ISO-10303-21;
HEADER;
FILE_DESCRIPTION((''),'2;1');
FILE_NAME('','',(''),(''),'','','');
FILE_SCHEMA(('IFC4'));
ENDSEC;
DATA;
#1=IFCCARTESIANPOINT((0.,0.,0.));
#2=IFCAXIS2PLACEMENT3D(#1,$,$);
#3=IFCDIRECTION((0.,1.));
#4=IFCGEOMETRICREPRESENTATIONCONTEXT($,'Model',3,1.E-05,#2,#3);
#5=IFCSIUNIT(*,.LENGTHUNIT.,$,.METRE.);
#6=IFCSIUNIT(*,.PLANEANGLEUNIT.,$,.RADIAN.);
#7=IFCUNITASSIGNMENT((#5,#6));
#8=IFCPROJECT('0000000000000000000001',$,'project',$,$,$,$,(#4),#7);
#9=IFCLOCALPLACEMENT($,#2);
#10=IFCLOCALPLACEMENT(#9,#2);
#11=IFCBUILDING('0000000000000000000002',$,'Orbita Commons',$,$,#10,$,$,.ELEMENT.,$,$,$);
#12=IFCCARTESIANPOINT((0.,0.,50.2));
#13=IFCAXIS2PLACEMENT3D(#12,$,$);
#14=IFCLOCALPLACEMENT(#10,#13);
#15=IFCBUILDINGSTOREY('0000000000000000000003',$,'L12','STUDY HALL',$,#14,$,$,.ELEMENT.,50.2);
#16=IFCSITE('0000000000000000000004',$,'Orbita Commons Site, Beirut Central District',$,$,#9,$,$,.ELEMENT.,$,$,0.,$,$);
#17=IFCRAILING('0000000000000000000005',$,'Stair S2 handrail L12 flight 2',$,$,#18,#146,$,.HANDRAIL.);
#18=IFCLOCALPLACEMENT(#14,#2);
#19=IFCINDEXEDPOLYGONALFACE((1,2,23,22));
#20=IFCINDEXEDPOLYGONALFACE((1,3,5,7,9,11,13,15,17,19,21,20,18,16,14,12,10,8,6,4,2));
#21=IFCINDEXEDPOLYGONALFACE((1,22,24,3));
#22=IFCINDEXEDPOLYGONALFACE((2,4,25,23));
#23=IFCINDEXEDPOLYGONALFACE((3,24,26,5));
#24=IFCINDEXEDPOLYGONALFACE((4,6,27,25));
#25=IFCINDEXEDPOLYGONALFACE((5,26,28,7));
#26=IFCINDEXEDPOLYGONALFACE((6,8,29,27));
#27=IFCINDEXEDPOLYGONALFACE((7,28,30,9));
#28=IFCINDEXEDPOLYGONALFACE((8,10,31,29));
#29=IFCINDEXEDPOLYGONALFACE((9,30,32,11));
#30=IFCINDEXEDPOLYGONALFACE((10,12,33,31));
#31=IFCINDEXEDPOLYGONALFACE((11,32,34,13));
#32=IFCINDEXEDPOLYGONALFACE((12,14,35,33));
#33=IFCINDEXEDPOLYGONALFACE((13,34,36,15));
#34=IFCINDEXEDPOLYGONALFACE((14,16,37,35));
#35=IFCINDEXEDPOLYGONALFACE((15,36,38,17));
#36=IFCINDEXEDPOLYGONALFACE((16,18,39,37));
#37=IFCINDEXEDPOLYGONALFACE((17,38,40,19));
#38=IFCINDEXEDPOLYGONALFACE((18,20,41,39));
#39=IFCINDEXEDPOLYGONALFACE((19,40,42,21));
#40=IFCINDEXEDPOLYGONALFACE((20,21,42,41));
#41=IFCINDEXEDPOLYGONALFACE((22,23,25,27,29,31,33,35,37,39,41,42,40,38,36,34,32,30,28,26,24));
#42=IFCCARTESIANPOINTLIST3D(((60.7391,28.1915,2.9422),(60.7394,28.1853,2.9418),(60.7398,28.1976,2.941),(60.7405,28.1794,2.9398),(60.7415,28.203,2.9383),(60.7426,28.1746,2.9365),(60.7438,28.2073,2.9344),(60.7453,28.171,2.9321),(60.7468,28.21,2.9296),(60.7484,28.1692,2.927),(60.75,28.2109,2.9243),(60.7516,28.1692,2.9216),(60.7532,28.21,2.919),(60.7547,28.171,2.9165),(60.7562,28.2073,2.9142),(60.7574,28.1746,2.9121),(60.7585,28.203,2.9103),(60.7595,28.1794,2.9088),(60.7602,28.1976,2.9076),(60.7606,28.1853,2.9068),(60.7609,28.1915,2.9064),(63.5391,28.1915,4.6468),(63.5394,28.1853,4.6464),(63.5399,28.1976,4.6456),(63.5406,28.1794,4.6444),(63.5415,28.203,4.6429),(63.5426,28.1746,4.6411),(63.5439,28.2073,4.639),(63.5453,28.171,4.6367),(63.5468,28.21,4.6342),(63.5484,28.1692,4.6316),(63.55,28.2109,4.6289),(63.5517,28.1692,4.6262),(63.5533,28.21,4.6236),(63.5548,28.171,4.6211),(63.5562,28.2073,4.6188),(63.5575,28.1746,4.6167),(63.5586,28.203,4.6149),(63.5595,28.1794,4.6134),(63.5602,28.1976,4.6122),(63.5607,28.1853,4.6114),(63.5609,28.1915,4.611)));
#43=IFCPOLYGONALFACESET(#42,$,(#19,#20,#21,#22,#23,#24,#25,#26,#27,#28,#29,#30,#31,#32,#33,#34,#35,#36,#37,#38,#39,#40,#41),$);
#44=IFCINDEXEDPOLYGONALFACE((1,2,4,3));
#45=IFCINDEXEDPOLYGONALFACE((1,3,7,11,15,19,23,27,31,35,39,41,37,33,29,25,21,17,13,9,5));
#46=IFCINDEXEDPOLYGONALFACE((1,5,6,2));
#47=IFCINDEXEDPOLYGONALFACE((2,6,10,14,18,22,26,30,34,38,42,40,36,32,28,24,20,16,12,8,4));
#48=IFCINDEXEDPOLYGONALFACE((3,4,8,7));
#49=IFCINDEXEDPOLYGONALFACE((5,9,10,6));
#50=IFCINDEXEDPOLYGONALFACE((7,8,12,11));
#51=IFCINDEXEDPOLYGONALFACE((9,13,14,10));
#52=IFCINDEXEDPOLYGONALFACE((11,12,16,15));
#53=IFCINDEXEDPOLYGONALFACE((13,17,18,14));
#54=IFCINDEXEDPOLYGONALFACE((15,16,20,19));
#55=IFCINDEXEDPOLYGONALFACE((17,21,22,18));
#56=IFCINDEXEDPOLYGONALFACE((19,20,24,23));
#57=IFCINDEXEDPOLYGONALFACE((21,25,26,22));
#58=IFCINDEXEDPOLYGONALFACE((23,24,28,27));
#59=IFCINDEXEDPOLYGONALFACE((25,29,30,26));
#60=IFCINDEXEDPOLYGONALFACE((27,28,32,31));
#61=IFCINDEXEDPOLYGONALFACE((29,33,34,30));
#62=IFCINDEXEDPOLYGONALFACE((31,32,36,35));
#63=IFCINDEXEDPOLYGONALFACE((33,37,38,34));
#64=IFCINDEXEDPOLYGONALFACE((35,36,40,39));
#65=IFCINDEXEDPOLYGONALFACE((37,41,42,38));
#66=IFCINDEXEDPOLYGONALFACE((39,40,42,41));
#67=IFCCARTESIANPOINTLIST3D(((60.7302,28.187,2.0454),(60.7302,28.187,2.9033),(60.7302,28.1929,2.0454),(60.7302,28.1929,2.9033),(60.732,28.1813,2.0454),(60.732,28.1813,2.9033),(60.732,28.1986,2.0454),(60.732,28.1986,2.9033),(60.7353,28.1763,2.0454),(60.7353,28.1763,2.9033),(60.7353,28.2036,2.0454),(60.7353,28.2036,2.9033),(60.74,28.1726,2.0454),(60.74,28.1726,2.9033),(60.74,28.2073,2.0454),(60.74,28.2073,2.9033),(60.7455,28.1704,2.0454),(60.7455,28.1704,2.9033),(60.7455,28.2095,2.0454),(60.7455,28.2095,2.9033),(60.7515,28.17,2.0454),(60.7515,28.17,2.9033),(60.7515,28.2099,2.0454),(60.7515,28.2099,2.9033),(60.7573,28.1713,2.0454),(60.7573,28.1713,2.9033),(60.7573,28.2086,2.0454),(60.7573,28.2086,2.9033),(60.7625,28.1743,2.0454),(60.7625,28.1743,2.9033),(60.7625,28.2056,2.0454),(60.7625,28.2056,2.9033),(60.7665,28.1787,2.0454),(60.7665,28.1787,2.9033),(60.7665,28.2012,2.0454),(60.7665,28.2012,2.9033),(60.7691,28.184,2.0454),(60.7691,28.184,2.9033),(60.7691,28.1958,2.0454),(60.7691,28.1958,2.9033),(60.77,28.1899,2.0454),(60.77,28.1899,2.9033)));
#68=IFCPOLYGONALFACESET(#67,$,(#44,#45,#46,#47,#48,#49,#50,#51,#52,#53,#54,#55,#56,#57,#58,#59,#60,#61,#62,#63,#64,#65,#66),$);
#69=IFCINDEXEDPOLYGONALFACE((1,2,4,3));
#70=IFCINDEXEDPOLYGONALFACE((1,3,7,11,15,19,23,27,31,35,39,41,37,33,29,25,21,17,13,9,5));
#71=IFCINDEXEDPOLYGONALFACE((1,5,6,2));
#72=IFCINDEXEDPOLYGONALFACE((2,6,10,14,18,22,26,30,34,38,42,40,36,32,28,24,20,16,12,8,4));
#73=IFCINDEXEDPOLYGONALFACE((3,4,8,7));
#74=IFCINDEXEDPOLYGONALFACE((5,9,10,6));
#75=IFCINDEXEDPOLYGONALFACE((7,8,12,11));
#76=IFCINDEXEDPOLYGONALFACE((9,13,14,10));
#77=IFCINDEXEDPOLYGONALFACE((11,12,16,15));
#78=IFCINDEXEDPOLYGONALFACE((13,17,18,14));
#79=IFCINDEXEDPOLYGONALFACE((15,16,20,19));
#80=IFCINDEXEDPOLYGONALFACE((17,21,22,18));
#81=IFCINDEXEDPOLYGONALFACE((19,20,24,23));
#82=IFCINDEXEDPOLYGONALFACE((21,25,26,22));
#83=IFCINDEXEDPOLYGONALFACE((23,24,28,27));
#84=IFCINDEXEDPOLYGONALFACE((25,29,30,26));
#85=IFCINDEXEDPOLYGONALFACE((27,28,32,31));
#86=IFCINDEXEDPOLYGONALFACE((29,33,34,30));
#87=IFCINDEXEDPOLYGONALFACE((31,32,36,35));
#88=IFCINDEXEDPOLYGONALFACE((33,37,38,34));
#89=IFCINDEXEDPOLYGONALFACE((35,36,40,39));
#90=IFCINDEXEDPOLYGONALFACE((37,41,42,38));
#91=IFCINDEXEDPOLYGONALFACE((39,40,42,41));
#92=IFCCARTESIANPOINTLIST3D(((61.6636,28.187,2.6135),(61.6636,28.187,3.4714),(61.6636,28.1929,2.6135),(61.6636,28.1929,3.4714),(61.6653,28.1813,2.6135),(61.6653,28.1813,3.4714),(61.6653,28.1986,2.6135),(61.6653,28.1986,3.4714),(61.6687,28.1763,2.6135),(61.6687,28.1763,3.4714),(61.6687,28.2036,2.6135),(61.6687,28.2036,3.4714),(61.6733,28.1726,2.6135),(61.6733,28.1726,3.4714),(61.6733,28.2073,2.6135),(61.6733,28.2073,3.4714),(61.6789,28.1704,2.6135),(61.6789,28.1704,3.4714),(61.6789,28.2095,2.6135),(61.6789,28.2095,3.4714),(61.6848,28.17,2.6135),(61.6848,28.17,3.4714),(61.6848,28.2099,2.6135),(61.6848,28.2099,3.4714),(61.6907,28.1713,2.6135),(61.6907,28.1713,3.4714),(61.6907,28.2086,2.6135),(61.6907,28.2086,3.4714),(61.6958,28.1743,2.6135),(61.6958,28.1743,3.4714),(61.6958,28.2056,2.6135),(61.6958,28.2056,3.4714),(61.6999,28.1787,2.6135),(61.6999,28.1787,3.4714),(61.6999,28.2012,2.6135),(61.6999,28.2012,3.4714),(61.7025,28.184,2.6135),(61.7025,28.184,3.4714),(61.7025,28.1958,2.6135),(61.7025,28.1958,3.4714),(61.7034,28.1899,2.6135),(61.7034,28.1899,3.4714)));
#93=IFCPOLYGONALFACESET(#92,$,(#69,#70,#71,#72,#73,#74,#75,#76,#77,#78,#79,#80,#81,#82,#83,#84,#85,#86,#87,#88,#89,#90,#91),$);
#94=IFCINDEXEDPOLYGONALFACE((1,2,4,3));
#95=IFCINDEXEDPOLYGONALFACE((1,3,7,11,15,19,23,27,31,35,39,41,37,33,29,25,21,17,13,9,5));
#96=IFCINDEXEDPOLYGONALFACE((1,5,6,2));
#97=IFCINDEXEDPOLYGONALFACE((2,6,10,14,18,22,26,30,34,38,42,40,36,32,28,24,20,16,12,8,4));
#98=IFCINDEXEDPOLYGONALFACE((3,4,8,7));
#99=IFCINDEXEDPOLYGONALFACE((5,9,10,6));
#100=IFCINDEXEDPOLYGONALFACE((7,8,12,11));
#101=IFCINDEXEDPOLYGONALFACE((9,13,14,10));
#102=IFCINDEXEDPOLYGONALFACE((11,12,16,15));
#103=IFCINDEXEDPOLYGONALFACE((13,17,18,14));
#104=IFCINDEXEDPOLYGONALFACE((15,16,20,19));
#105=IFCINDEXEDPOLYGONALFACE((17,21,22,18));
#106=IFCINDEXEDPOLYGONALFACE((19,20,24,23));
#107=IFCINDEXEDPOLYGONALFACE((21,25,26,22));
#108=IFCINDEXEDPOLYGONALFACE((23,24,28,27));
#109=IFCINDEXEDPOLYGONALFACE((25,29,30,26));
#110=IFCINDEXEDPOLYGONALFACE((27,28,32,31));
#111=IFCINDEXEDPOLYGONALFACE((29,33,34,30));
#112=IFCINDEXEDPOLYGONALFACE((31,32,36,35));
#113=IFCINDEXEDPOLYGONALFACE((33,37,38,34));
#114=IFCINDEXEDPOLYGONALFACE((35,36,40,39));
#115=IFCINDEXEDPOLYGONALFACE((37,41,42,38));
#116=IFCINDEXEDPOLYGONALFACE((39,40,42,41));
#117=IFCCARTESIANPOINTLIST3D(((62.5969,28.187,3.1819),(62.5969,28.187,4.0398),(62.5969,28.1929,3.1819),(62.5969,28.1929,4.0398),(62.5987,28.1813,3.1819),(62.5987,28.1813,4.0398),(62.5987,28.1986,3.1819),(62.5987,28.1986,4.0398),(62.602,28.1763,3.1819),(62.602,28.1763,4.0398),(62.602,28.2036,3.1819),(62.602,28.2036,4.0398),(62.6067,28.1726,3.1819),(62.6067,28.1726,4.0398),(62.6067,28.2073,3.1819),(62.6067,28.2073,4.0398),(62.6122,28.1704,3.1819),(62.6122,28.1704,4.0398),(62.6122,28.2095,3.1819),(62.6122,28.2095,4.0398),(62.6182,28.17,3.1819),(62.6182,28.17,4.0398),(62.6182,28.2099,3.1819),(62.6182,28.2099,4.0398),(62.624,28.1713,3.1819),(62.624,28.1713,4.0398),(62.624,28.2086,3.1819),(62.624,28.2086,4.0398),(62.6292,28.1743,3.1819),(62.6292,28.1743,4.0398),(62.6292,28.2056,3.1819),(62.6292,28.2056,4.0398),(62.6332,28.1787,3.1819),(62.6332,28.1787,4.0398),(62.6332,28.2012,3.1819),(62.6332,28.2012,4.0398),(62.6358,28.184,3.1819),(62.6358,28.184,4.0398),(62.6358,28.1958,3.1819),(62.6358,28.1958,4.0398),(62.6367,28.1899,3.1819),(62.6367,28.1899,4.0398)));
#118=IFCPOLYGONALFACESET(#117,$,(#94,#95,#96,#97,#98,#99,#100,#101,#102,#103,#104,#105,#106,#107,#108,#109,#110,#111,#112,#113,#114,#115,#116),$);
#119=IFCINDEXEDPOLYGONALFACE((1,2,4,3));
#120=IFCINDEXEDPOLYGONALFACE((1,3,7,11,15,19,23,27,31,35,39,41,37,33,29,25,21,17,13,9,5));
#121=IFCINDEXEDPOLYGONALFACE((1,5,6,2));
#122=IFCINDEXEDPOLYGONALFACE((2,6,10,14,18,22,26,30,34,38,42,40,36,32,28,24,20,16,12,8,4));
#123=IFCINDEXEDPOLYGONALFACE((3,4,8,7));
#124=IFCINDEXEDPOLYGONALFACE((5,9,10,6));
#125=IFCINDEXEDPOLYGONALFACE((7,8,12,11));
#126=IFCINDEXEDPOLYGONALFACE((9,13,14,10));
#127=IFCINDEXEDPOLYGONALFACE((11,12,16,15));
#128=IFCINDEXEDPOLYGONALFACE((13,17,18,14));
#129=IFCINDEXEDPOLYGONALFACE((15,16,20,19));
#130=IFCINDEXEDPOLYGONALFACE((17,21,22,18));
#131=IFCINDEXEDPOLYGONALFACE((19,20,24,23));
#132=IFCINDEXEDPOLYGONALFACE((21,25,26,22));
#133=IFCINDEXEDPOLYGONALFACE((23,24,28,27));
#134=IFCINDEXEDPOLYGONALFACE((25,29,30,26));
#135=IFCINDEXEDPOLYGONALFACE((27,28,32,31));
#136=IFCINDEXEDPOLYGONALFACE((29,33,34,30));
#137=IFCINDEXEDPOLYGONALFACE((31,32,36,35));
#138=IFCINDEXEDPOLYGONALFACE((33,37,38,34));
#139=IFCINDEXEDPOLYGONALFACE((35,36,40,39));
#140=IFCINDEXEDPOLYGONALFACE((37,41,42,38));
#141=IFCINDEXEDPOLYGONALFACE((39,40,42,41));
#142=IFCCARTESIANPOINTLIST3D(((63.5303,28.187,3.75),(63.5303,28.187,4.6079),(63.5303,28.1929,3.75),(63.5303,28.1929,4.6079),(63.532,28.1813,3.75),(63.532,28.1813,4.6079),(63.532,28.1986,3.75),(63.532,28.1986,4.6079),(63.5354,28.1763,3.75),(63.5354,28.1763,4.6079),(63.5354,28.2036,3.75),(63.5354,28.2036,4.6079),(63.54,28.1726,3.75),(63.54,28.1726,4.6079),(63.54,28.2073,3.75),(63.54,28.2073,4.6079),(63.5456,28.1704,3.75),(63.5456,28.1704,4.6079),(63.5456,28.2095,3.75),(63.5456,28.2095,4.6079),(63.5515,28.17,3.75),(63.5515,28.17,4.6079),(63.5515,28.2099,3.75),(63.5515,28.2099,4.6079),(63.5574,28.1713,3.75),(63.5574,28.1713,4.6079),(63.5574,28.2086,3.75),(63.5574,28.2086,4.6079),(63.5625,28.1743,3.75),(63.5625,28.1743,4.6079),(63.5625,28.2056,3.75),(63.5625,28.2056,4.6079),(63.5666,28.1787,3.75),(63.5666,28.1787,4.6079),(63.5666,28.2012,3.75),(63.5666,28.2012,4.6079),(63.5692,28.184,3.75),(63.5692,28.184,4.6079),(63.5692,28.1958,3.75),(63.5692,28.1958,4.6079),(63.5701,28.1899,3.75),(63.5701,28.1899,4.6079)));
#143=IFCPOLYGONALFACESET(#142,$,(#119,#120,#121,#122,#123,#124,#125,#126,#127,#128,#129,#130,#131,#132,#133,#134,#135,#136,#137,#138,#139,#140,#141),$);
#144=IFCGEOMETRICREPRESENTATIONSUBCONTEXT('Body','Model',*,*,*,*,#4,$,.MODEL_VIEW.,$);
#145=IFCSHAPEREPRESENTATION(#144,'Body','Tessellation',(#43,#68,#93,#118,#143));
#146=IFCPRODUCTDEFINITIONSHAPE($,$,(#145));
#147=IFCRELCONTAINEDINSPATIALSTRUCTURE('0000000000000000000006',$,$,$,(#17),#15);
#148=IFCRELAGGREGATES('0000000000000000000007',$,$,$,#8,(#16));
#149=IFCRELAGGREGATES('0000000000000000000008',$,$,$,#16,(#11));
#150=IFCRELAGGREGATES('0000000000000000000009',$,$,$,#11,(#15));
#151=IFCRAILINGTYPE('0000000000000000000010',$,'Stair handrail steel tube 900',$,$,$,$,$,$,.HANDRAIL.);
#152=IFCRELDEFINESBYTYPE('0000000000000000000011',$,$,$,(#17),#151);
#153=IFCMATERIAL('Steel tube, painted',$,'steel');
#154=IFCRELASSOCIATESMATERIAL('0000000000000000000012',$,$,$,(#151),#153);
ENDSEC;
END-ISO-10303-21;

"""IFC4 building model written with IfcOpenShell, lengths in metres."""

from ifc_helpers import new_model, si_unit, direction, frame, origin, origin_2d, place, context, subcontext, project, spatial, circle, extrude, material, type_object, element, save


model = new_model("IFC4")

# Units and contexts
model_context = context("Model", 3, precision=1e-05, world=origin(), true_north=direction((0.0, 1.0)))
body_context = subcontext(model_context, "Body", "Model", "MODEL_VIEW")
ifc_project = project(units=[si_unit("LENGTHUNIT", "METRE"), si_unit("PLANEANGLEUNIT", "RADIAN")], contexts=[model_context])

# Site, building, storey
site_placement = place(None, origin())
site = spatial("IfcSite", under=ifc_project, at=site_placement, Name="Orbita Commons Site, Beirut Central District", CompositionType="ELEMENT", RefElevation=0.0)
building_placement = place(site_placement, origin())
building = spatial("IfcBuilding", under=site, at=building_placement, Name="Orbita Commons", CompositionType="ELEMENT")
storey_placement = place(building_placement, frame((0.0, 0.0, 50.2)))
storey = spatial("IfcBuildingStorey", under=building, at=storey_placement, Name="L12", Description="STUDY HALL", CompositionType="ELEMENT", Elevation=50.2)

# Railing
ifc_material_1 = material(Name="Steel tube, painted", Category="steel")
railing_type = type_object("IfcRailingType", Name="Stair handrail steel tube 900", PredefinedType="HANDRAIL", material=ifc_material_1)
for number, where, name in (
    (1, (60.75, 28.1899, 2.0454), "Stair S2 handrail L12 flight 2"),
):
    element("IfcRailing", number, at=place(storey_placement, frame(where)), inside=storey, type_object=railing_type, Name=name, PredefinedType="HANDRAIL", context=body_context, shape_type="SweptSolid", body=[
        extrude(circle(Radius=0.021, at=origin_2d()), frame((0.0, 0.0, 0.8789), z_axis=(0.85417, 0.0, 0.519994), x_axis=(0.0, 1.0, 0.0)), (0.0, 0.0, 1.0), 3.2781),
        extrude(circle(Radius=0.02, at=origin_2d()), origin(), (0.0, 0.0, 1.0), 0.8579),
        extrude(circle(Radius=0.02, at=origin_2d()), frame((0.9333, 0.0, 0.5681)), (0.0, 0.0, 1.0), 0.8579),
        extrude(circle(Radius=0.02, at=origin_2d()), frame((1.8667, 0.0, 1.1365)), (0.0, 0.0, 1.0), 0.8579),
        extrude(circle(Radius=0.02, at=origin_2d()), frame((2.8, 0.0, 1.7046)), (0.0, 0.0, 1.0), 0.8579),
    ])

save(model, "model.ifc")
